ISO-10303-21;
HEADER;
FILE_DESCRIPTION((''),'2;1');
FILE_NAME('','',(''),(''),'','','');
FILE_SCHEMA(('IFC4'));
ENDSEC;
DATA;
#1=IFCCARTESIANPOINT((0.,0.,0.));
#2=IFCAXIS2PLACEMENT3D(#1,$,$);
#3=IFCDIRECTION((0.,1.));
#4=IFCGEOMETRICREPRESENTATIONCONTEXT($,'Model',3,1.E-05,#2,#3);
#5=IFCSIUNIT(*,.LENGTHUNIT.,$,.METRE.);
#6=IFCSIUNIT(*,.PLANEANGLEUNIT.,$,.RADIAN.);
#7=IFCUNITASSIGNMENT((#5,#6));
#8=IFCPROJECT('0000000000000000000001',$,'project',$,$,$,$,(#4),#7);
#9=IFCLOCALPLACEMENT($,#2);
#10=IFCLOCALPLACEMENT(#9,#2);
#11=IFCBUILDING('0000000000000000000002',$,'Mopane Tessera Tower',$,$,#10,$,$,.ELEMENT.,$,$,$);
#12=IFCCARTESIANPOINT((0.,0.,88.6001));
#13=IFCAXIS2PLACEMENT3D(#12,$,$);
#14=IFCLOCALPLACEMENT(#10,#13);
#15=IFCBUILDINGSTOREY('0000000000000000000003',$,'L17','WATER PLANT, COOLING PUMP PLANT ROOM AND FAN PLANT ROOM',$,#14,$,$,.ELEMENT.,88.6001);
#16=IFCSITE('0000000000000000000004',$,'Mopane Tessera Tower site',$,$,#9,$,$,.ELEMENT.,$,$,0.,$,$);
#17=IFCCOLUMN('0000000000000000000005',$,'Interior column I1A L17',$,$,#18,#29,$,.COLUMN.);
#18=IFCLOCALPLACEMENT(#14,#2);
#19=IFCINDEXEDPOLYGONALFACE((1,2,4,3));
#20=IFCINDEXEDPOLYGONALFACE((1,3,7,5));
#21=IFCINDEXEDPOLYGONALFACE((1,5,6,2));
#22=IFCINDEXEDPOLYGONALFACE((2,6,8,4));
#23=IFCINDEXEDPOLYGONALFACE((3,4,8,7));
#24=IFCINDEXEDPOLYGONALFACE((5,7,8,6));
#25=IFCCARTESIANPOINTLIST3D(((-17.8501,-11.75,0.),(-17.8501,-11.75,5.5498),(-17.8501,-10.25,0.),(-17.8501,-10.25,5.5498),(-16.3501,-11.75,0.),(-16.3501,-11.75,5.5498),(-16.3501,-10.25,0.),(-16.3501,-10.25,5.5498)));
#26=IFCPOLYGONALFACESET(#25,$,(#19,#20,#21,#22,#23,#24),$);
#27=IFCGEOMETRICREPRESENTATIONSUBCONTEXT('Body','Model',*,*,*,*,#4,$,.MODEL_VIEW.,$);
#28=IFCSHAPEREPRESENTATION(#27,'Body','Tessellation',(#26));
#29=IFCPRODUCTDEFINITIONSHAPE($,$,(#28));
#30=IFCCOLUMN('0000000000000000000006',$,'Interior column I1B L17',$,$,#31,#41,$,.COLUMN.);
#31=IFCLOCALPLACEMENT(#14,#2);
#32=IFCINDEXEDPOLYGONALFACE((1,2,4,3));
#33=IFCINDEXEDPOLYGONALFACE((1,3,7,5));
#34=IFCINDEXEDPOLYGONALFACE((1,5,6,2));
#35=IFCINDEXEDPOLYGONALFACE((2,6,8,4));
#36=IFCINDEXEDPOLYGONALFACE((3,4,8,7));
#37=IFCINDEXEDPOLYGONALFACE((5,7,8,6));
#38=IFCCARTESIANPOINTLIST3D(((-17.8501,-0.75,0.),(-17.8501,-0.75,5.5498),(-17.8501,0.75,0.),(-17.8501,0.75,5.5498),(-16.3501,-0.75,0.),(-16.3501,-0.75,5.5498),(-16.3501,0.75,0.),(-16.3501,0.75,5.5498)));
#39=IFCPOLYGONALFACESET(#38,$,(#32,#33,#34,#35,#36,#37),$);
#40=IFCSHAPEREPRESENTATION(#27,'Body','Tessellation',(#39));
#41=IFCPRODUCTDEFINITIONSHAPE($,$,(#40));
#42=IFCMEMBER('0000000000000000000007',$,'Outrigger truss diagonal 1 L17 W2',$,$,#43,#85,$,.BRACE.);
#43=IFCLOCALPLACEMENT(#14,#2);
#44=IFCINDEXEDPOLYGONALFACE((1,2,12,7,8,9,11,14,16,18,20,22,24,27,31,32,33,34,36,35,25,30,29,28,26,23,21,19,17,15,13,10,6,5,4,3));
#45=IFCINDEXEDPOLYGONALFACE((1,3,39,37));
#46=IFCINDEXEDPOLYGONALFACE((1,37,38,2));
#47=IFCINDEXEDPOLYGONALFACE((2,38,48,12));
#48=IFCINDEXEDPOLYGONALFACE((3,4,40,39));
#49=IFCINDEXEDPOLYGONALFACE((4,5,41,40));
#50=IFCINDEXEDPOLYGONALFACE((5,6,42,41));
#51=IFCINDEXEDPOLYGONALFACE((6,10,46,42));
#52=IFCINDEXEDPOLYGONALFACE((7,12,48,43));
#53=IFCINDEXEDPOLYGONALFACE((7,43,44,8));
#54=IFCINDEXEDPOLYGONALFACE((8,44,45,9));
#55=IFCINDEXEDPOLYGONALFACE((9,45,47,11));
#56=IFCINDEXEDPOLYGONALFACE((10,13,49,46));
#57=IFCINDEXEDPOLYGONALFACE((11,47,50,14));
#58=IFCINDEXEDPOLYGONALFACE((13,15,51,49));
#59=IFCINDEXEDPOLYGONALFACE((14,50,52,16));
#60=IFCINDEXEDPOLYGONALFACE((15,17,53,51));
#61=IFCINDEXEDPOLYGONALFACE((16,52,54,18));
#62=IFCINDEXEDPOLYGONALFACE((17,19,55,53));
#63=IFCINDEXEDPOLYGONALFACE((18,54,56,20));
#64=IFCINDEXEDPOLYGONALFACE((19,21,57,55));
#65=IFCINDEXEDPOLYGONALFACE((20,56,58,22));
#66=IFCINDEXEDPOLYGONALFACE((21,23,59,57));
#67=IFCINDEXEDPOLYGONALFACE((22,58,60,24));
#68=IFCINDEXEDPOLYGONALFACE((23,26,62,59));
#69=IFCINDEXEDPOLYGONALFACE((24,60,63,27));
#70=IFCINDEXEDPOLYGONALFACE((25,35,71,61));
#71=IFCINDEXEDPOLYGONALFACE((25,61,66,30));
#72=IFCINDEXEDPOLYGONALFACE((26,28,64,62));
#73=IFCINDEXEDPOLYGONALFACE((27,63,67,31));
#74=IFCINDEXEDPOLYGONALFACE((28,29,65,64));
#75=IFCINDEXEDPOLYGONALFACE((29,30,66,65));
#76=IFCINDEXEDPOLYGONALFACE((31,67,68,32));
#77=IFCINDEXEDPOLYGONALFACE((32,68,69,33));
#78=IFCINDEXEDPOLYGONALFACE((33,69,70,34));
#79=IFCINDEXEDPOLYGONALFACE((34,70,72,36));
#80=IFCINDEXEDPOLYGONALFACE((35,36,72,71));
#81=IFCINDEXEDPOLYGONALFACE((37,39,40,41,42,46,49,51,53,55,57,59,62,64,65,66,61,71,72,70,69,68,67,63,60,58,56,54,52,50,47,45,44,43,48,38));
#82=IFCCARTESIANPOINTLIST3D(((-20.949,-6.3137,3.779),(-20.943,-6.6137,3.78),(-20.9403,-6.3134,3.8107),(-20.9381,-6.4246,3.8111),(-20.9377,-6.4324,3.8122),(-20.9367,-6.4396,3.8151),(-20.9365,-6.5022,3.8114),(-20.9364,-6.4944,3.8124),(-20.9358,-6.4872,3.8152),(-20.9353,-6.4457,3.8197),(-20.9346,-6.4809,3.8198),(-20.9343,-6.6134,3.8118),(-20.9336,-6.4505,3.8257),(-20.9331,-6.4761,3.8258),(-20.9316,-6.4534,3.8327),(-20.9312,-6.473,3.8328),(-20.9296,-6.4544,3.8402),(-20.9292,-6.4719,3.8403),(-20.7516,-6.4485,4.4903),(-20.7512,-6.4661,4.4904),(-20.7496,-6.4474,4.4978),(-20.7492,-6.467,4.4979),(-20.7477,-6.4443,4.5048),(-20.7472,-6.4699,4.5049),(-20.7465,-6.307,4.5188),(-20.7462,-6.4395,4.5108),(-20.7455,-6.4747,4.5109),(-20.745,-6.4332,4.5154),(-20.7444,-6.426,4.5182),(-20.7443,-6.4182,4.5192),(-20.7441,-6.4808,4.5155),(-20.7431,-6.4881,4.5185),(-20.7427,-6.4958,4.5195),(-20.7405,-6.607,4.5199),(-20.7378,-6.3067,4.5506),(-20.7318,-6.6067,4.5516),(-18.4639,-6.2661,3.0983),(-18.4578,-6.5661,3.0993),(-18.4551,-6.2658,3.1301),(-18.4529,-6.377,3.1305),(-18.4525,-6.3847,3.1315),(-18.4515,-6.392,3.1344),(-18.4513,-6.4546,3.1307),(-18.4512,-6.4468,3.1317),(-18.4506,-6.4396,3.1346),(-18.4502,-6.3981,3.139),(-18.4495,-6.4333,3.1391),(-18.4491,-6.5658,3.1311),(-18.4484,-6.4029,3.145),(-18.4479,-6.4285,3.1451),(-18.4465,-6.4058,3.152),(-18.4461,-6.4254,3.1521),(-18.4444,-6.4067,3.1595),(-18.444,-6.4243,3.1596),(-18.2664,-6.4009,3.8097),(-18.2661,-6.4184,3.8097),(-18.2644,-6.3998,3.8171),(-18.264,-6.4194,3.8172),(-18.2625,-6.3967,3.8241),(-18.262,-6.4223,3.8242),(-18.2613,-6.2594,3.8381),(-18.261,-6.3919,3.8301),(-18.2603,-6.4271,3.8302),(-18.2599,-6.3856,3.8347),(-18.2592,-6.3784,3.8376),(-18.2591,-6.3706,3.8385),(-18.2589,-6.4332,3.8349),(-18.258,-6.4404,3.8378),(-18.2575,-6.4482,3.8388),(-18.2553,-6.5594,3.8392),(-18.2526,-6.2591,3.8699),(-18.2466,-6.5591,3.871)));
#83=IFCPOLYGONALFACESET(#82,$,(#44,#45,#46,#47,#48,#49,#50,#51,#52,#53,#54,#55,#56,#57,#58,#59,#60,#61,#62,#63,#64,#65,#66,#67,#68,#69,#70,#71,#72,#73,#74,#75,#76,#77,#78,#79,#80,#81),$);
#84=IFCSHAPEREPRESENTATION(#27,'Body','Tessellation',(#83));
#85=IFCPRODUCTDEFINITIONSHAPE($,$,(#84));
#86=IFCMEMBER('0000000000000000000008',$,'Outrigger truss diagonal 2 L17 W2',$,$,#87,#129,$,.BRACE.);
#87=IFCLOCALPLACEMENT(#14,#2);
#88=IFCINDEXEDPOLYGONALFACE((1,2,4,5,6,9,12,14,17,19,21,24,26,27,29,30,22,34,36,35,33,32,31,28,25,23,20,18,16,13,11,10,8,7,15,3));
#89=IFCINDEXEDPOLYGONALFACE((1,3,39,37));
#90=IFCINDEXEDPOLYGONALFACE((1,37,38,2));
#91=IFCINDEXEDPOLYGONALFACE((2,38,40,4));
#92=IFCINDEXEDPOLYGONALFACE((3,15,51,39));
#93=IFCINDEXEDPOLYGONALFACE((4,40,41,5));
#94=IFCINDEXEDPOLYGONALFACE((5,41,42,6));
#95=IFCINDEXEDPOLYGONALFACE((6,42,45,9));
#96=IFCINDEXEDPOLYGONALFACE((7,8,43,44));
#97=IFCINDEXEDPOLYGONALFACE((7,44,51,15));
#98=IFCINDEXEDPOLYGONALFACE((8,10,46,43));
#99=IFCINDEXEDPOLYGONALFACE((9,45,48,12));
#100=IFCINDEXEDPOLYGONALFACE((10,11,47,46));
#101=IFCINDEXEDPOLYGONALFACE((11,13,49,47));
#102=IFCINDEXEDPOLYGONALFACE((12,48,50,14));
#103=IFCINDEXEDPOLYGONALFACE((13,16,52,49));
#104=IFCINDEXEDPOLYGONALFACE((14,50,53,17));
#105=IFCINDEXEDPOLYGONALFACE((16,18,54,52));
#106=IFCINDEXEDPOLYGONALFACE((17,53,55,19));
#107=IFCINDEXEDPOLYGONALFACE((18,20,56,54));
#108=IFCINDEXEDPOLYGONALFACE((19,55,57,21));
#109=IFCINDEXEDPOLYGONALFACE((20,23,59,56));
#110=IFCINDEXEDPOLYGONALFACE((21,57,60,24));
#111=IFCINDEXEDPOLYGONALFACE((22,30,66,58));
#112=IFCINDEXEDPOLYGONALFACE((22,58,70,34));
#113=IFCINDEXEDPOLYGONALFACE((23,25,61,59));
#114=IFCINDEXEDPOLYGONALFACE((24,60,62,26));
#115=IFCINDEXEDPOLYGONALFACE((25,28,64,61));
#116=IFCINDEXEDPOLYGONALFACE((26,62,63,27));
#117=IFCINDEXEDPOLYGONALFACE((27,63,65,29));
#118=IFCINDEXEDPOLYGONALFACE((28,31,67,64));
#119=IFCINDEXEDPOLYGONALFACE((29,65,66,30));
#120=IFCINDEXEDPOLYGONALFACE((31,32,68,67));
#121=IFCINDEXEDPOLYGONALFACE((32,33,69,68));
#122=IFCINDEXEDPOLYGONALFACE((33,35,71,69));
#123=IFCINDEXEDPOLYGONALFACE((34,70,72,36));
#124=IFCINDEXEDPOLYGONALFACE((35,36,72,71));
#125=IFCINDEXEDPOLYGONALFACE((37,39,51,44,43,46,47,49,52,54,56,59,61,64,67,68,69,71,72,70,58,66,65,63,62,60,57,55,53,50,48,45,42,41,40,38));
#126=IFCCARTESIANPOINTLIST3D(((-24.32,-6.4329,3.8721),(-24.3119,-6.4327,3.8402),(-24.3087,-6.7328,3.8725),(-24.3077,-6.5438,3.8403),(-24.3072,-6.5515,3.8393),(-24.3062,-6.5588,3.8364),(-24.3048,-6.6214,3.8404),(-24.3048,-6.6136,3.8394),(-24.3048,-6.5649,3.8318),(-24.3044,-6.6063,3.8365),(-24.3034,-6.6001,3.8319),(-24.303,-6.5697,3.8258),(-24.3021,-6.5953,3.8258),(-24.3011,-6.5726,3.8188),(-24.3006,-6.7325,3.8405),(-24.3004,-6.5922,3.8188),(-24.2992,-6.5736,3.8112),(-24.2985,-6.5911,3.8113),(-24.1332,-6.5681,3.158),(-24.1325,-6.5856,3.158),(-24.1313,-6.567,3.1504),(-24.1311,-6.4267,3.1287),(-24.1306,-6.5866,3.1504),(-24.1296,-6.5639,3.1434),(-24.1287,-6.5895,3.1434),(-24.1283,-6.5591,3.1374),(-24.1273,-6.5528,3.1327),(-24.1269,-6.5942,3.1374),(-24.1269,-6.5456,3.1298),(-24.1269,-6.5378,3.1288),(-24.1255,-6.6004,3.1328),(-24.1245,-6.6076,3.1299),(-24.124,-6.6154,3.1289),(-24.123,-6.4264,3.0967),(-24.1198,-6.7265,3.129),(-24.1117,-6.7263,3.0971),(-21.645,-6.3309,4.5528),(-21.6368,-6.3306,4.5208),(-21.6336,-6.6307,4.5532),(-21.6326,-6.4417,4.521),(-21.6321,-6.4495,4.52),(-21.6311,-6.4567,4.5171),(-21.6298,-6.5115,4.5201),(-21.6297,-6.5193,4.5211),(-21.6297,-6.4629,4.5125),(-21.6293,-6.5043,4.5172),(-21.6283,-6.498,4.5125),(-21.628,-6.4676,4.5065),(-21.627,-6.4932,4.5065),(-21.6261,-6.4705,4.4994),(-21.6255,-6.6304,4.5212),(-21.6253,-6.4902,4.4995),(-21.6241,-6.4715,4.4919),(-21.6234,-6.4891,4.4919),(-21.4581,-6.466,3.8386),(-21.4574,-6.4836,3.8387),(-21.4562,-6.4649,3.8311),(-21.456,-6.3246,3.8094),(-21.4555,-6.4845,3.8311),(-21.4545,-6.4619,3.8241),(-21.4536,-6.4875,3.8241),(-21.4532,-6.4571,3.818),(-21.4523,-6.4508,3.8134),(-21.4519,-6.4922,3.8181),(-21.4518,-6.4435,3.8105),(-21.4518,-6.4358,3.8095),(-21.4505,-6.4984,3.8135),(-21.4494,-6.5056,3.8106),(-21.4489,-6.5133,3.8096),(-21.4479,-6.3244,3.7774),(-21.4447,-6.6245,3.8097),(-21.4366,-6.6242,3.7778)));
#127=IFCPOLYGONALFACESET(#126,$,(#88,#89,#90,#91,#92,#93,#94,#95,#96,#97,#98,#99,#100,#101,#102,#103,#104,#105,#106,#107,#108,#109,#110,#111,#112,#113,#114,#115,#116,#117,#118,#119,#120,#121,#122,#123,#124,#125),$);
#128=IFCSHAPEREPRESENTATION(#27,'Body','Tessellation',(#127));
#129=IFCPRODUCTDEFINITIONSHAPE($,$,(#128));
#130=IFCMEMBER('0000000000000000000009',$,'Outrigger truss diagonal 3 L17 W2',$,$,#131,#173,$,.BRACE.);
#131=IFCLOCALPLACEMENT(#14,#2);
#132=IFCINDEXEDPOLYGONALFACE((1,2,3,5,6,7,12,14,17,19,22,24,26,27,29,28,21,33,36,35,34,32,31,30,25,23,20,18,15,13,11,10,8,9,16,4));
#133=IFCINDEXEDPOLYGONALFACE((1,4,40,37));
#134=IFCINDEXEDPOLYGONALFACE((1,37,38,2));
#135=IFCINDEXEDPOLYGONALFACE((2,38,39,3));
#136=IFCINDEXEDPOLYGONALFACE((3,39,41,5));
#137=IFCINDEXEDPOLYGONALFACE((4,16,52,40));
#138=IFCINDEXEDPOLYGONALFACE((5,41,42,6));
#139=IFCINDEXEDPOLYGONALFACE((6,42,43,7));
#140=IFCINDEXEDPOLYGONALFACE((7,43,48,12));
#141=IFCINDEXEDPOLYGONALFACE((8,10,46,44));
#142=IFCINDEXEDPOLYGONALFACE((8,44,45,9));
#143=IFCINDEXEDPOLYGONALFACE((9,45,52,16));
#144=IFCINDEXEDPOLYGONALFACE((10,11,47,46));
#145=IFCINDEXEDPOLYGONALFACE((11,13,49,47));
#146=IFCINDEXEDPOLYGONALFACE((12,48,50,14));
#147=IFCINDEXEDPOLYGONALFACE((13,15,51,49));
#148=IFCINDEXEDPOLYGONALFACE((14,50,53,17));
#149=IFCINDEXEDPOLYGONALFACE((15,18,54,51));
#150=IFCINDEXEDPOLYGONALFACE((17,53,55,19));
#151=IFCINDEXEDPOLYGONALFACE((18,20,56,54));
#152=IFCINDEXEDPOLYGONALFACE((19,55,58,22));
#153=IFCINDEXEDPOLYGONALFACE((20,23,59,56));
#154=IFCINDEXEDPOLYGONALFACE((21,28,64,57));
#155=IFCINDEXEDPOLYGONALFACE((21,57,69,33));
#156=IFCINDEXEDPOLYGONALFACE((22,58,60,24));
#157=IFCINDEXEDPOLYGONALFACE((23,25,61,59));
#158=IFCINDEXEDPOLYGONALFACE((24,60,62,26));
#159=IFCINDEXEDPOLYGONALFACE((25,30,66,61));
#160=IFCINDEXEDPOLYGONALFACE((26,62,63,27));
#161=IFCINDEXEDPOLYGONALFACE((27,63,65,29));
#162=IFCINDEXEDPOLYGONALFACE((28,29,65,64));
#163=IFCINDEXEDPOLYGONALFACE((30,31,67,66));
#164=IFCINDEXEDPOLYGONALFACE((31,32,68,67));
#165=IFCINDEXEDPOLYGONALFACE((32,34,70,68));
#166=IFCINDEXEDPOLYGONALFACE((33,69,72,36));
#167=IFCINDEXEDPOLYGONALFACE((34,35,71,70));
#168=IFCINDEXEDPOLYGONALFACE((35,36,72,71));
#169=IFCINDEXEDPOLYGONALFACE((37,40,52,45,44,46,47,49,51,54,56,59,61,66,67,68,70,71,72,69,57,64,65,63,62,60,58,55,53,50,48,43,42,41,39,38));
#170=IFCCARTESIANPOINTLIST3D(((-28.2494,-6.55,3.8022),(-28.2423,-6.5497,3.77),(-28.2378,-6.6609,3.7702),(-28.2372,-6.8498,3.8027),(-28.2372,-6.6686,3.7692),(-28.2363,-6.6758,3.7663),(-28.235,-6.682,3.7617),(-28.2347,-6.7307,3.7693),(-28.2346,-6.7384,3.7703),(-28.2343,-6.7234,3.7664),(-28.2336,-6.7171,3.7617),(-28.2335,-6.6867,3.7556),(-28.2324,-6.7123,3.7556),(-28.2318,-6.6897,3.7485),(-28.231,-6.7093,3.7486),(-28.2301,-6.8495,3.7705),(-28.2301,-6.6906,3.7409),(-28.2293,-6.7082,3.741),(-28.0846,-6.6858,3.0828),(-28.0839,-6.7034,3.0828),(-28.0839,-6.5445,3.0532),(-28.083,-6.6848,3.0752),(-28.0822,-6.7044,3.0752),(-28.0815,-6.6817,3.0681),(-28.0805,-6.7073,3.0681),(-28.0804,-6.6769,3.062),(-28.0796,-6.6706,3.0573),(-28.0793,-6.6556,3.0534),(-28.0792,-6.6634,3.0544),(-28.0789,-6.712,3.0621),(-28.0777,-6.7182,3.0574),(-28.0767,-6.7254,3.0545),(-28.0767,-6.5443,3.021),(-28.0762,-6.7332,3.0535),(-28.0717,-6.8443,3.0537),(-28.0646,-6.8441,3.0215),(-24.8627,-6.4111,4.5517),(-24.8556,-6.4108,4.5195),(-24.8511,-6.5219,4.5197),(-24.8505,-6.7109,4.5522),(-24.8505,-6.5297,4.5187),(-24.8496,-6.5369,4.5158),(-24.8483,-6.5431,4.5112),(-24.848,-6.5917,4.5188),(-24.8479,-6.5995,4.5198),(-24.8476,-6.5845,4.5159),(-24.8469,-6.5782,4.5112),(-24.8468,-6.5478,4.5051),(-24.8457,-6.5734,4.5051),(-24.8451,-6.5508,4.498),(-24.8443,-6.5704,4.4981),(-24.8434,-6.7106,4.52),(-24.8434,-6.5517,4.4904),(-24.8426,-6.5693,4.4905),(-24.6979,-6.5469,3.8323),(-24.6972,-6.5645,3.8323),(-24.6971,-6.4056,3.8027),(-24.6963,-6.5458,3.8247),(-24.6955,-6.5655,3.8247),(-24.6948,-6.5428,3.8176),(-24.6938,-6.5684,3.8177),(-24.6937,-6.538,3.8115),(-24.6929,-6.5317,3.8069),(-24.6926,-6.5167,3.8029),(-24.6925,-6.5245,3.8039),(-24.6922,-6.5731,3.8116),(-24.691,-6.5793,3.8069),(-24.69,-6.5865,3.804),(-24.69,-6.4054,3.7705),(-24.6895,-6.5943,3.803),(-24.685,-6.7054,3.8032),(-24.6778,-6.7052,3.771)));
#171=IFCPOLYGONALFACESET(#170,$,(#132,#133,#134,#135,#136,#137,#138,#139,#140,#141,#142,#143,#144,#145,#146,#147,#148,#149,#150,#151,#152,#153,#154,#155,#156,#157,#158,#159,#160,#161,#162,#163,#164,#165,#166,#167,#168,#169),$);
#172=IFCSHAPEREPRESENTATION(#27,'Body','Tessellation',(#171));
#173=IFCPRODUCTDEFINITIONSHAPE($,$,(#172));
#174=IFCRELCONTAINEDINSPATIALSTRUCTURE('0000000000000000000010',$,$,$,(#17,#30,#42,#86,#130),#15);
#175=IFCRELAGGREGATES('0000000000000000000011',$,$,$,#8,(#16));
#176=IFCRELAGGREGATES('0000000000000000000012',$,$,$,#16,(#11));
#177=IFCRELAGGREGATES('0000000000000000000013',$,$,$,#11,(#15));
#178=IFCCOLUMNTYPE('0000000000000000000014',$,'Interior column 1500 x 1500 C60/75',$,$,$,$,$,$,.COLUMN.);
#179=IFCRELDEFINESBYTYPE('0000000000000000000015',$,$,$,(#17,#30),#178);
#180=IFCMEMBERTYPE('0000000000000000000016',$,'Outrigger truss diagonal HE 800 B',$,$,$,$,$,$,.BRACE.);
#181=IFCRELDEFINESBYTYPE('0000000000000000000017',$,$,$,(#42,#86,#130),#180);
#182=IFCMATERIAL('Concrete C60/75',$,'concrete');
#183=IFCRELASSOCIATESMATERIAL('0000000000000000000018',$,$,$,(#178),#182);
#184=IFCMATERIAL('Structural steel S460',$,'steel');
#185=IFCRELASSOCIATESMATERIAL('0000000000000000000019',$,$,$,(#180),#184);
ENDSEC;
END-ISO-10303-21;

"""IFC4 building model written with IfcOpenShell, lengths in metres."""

from ifc_helpers import new_model, si_unit, direction, frame, origin, origin_2d, place, context, subcontext, project, spatial, rectangle, i_section, extrude, material, material_profile, profile_set, type_object, element, save


model = new_model("IFC4")

# Units and contexts
model_context = context("Model", 3, precision=1e-05, world=origin(), true_north=direction((0.0, 1.0)))
body_context = subcontext(model_context, "Body", "Model", "MODEL_VIEW")
ifc_project = project(units=[si_unit("LENGTHUNIT", "METRE"), si_unit("PLANEANGLEUNIT", "RADIAN")], contexts=[model_context])

# Site, building, storey
site_placement = place(None, origin())
site = spatial("IfcSite", under=ifc_project, at=site_placement, Name="Mopane Tessera Tower site", CompositionType="ELEMENT", RefElevation=0.0)
building_placement = place(site_placement, origin())
building = spatial("IfcBuilding", under=site, at=building_placement, Name="Mopane Tessera Tower", CompositionType="ELEMENT")
storey_placement = place(building_placement, frame((0.0, 0.0, 88.6001)))
storey = spatial("IfcBuildingStorey", under=building, at=storey_placement, Name="L17", Description="WATER PLANT, COOLING PUMP PLANT ROOM AND FAN PLANT ROOM", CompositionType="ELEMENT", Elevation=88.6001)

# Columns
ifc_material_1 = material(Name="Concrete C60/75", Category="concrete")
ifc_material_profile_1 = material_profile(ifc_material_1, rectangle(XDim=1.5, YDim=1.5, at=origin_2d()))
ifc_profile_set_1 = profile_set([ifc_material_profile_1], Name="Concrete C60/75")
column_type = type_object("IfcColumnType", Name="Interior column 1500 x 1500 C60/75", PredefinedType="COLUMN", material=ifc_profile_set_1)
for number, where, z_axis, x_axis, name in (
    (1, (-17.1001, -11.0, 0.0), (0.0, 0.0, 1.0), (1.0, 0.0, 0.0), "Interior column I1A L17"),
    (2, (-17.1001, 0.0, 0.0), (0.0, 0.0, 1.0), (1.0, 0.0, 0.0), "Interior column I1B L17"),
):
    element("IfcColumn", number, at=place(storey_placement, frame(where, z_axis=z_axis, x_axis=x_axis)), inside=storey, type_object=column_type, Name=name, PredefinedType="COLUMN", context=body_context, shape_type="SweptSolid", body=[
        extrude(rectangle(XDim=1.5, YDim=1.5, at=origin_2d()), origin(), (0.0, 0.0, 1.0), 5.5498),
    ])

# Members
ifc_material_2 = material(Name="Structural steel S460", Category="steel")
ifc_material_profile_2 = material_profile(ifc_material_2, i_section(OverallWidth=0.3, OverallDepth=0.8, WebThickness=0.0176, FlangeThickness=0.033, FilletRadius=0.03, at=origin_2d()))
ifc_profile_set_2 = profile_set([ifc_material_profile_2], Name="Structural steel S460")
member_type_1 = type_object("IfcMemberType", Name="Outrigger truss diagonal HE 800 B", PredefinedType="BRACE", material=ifc_profile_set_2)
member_1_placement = place(storey_placement, frame((-18.3552, -6.4126, 3.4846), z_axis=(-0.964312, -0.018473, 0.264122), x_axis=(0.020118, -0.999791, 0.003524)))
element("IfcMember", 3, at=member_1_placement, inside=storey, type_object=member_type_1, Name="Outrigger truss diagonal 1 L17 W2", PredefinedType="BRACE", context=body_context, shape_type="SweptSolid", body=[
    extrude(i_section(OverallWidth=0.3, OverallDepth=0.8, WebThickness=0.0176, FlangeThickness=0.033, FilletRadius=0.03, at=origin_2d()), origin(), (0.0, 0.0, 1.0), 2.5771),
])
member_2_placement = place(storey_placement, frame((-21.5408, -6.4775, 4.1653), z_axis=(-0.968458, -0.036946, -0.246423), x_axis=(0.037813, -0.999284, 0.001216)))
element("IfcMember", 4, at=member_2_placement, inside=storey, type_object=member_type_1, Name="Outrigger truss diagonal 2 L17 W2", PredefinedType="BRACE", context=body_context, shape_type="SweptSolid", body=[
    extrude(i_section(OverallWidth=0.3, OverallDepth=0.8, WebThickness=0.0176, FlangeThickness=0.033, FilletRadius=0.03, at=origin_2d()), origin(), (0.0, 0.0, 1.0), 2.7622),
])
member_3_placement = place(storey_placement, frame((-24.7703, -6.5581, 4.1614), z_axis=(-0.975593, -0.040017, -0.215908), x_axis=(0.040612, -0.999174, 0.001681)))
element("IfcMember", 5, at=member_3_placement, inside=storey, type_object=member_type_1, Name="Outrigger truss diagonal 3 L17 W2", PredefinedType="BRACE", context=body_context, shape_type="SweptSolid", body=[
    extrude(i_section(OverallWidth=0.3, OverallDepth=0.8, WebThickness=0.0176, FlangeThickness=0.033, FilletRadius=0.03, at=origin_2d()), origin(), (0.0, 0.0, 1.0), 3.4714),
])

save(model, "model.ifc")
